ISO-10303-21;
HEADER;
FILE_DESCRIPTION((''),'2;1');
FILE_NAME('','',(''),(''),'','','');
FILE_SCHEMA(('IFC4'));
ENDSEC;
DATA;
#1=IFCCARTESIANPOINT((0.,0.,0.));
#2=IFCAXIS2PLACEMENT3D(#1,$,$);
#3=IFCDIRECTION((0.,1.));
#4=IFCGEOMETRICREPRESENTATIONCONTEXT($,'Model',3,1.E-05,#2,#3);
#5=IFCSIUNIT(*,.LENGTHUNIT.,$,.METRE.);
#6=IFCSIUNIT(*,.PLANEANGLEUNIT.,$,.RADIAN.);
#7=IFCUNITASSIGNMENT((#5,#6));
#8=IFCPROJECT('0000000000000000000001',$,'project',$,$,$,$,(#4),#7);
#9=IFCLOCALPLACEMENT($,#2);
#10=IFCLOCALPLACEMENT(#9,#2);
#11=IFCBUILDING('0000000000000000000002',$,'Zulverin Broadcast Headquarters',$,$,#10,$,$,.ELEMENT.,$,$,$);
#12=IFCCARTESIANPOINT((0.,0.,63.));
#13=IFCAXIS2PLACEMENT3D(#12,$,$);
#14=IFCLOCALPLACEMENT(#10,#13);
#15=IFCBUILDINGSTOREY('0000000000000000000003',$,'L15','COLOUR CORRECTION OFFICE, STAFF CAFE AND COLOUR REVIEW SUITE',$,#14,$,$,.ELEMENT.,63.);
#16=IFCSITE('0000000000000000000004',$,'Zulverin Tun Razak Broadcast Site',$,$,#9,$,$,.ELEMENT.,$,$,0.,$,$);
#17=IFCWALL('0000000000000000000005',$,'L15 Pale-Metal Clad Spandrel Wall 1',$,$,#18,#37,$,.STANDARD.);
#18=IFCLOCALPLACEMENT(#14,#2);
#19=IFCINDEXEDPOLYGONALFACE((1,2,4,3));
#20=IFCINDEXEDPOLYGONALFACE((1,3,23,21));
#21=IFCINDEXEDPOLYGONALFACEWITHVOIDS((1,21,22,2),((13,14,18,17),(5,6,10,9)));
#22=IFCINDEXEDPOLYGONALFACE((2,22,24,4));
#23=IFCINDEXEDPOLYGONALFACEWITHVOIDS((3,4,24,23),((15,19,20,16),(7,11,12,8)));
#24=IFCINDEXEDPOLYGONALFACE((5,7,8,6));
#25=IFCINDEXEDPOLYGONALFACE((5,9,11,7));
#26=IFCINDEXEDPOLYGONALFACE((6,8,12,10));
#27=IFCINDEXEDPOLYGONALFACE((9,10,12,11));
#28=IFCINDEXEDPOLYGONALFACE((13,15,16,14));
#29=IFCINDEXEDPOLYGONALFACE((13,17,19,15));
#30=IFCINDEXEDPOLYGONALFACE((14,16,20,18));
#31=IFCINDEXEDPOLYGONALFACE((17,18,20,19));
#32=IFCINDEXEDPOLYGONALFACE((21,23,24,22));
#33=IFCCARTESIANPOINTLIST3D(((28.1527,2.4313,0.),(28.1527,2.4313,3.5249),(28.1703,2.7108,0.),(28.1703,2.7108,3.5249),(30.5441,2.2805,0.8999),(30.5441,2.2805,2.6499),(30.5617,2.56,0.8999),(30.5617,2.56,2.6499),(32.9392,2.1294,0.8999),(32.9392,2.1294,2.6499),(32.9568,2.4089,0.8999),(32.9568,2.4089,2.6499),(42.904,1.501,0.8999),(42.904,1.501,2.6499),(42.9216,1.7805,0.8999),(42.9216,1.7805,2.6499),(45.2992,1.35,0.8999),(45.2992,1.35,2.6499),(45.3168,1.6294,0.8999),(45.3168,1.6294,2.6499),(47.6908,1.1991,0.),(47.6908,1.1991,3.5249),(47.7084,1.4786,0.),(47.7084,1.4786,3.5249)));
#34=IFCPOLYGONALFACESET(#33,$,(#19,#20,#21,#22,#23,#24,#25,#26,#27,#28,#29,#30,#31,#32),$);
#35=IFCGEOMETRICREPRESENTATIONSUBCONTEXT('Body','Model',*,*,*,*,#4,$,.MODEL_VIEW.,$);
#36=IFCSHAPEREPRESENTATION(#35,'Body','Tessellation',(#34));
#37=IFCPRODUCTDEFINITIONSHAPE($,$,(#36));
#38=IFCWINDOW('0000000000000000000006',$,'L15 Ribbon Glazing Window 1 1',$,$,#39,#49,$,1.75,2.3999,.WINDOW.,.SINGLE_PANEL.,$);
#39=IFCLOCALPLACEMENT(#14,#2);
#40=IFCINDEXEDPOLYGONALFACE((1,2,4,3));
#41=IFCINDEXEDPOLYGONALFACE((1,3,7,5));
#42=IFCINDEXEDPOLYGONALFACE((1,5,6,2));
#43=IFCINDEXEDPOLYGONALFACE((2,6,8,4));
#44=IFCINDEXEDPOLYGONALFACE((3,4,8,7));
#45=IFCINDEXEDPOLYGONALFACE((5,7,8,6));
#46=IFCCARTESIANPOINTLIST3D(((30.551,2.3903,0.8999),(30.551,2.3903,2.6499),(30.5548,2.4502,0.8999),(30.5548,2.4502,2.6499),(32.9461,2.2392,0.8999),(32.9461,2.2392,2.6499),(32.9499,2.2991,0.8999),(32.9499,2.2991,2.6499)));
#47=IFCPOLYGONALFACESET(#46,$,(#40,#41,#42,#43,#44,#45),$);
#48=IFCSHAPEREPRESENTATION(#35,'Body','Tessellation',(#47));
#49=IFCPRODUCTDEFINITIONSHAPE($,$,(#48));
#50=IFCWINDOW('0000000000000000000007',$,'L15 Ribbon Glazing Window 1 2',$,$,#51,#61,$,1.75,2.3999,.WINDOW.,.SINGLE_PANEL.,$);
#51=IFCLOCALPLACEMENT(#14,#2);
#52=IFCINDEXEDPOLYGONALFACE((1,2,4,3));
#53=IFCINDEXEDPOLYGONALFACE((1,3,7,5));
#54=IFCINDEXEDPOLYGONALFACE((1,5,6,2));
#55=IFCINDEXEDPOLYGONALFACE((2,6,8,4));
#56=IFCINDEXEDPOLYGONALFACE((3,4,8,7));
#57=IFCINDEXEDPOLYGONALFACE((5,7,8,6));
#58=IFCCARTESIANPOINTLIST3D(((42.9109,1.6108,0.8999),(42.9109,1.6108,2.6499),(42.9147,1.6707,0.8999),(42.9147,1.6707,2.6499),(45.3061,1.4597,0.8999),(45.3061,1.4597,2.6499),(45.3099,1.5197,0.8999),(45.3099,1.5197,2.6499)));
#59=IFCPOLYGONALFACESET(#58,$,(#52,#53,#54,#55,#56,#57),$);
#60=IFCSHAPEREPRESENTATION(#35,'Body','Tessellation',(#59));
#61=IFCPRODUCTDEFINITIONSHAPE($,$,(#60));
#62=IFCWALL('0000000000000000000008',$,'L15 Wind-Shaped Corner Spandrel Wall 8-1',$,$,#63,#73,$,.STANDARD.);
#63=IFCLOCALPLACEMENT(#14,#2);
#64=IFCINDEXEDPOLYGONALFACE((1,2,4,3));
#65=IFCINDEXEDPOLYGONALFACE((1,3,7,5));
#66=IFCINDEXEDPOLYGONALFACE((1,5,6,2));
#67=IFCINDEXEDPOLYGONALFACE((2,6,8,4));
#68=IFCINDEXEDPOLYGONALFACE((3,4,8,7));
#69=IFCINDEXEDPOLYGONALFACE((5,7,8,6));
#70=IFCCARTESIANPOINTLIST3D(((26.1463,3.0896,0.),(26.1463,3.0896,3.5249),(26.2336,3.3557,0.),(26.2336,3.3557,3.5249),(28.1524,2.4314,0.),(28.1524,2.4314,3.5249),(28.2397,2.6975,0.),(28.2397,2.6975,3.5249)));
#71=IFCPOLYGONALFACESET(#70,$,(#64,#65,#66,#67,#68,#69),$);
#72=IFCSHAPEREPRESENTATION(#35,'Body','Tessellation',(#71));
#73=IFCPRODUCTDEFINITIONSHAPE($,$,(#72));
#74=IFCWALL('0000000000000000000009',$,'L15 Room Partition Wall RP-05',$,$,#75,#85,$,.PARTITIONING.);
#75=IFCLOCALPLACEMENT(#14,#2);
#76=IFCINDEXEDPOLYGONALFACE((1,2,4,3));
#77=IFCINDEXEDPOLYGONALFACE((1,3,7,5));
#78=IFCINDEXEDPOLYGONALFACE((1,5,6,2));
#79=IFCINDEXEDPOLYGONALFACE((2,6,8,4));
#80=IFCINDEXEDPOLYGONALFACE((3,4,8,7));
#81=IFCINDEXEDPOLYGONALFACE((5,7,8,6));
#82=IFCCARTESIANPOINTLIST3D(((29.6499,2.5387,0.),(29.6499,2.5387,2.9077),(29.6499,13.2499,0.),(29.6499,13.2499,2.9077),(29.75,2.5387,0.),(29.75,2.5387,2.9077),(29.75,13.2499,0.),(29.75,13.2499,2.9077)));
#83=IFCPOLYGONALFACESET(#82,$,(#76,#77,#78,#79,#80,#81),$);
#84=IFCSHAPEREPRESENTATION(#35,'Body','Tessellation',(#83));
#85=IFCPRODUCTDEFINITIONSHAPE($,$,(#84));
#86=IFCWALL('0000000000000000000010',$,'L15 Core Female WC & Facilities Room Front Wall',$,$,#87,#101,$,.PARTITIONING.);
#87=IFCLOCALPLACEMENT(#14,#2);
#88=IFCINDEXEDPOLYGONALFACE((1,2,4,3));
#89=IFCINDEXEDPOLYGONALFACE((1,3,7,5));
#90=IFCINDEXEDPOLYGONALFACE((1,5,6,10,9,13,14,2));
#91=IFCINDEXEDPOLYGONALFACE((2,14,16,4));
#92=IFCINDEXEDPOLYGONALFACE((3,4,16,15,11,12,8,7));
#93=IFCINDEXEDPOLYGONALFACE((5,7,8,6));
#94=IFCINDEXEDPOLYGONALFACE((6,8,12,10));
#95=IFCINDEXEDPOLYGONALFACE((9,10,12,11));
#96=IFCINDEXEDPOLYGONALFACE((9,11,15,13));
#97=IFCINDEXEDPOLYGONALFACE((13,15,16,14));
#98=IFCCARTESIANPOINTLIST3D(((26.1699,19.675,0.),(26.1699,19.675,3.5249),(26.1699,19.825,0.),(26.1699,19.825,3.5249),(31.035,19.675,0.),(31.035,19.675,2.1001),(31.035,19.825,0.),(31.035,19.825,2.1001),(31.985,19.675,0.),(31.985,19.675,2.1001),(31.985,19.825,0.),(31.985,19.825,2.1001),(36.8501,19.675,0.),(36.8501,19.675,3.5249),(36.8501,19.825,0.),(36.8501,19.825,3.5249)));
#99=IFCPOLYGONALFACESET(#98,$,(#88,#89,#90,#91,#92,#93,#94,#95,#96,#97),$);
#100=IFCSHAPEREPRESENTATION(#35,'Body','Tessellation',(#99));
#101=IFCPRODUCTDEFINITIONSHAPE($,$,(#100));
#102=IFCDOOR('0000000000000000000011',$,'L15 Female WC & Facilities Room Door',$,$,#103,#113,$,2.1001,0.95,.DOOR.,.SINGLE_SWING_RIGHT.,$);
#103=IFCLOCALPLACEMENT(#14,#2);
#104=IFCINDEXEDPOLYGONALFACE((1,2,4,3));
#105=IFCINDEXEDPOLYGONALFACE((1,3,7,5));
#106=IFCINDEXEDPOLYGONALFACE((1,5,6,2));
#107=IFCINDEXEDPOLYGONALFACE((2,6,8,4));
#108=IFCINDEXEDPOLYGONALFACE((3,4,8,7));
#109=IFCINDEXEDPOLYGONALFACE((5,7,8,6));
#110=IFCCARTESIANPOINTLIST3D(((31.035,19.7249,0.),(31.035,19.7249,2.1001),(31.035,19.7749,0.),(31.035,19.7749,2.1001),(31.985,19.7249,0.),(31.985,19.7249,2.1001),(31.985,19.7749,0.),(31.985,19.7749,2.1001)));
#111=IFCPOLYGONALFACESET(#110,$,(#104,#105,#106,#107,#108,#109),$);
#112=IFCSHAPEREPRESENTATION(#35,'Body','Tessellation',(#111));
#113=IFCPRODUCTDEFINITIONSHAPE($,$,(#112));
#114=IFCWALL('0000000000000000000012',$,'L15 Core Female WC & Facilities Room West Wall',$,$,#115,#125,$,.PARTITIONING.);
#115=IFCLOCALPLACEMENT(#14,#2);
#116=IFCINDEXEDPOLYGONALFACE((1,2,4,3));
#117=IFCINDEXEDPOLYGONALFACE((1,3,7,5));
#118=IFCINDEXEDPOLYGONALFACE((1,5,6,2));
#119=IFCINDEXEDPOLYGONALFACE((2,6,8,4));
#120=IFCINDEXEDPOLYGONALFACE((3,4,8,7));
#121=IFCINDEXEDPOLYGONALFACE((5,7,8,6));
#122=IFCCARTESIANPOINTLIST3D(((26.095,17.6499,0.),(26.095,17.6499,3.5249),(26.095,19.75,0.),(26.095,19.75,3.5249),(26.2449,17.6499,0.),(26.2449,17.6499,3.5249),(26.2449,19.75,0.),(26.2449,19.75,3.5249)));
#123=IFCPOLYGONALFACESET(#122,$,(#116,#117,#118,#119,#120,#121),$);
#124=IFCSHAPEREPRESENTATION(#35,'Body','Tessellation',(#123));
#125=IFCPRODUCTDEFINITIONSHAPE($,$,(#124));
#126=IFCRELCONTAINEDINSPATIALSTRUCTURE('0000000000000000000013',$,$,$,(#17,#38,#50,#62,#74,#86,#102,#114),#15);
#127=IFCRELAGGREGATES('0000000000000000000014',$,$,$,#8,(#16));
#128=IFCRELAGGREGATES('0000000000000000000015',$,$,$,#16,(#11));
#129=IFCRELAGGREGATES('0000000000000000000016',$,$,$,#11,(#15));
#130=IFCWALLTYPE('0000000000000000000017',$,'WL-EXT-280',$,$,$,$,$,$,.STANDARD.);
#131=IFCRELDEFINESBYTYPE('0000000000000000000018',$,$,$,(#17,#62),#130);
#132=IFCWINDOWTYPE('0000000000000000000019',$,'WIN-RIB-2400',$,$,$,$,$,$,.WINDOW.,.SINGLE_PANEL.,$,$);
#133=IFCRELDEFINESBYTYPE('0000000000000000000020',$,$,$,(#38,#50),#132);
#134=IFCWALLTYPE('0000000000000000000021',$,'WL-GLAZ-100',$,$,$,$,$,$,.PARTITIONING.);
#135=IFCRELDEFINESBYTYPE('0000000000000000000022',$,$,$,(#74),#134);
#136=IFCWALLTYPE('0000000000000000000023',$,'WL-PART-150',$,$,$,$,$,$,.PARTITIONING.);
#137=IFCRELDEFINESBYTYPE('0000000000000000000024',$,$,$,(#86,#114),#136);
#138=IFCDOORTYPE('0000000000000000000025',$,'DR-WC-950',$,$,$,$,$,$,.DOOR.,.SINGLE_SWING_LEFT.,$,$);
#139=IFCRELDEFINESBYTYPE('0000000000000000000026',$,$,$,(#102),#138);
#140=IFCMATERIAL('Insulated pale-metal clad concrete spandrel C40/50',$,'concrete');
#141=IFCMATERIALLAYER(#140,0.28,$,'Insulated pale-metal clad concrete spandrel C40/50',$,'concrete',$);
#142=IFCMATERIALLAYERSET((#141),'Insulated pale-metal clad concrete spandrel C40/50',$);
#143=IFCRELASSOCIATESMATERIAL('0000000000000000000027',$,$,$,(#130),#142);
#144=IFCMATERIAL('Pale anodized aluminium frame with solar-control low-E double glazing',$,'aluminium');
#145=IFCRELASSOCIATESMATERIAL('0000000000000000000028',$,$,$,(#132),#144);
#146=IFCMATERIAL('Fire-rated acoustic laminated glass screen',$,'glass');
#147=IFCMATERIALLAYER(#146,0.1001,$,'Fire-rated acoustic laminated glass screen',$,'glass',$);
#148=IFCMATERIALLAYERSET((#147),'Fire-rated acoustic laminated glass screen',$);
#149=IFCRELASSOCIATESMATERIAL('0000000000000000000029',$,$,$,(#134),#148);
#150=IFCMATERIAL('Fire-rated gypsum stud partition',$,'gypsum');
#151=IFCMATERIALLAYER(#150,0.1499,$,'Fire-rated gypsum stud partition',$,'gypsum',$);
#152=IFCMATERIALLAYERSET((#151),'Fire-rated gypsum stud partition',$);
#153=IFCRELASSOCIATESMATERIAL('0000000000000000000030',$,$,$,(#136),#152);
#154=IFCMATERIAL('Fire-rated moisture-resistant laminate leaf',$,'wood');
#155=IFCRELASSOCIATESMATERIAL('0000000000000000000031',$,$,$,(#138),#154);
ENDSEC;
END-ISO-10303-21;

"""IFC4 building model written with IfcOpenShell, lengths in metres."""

from ifc_helpers import new_model, si_unit, direction, frame, frame_2d, origin, place, context, subcontext, project, spatial, rectangle, extrude, material, layer, layer_set, type_object, element, fill, save


model = new_model("IFC4")

# Units and contexts
model_context = context("Model", 3, precision=1e-05, world=origin(), true_north=direction((0.0, 1.0)))
body_context = subcontext(model_context, "Body", "Model", "MODEL_VIEW")
ifc_project = project(units=[si_unit("LENGTHUNIT", "METRE"), si_unit("PLANEANGLEUNIT", "RADIAN")], contexts=[model_context])

# Site, building, storey
site_placement = place(None, origin())
site = spatial("IfcSite", under=ifc_project, at=site_placement, Name="Zulverin Tun Razak Broadcast Site", CompositionType="ELEMENT", RefElevation=0.0)
building_placement = place(site_placement, origin())
building = spatial("IfcBuilding", under=site, at=building_placement, Name="Zulverin Broadcast Headquarters", CompositionType="ELEMENT")
storey_placement = place(building_placement, frame((0.0, 0.0, 63.0)))
storey = spatial("IfcBuildingStorey", under=building, at=storey_placement, Name="L15", Description="COLOUR CORRECTION OFFICE, STAFF CAFE AND COLOUR REVIEW SUITE", CompositionType="ELEMENT", Elevation=63.0)

# Wall, openings, windows
ifc_material_1 = material(Name="Insulated pale-metal clad concrete spandrel C40/50", Category="concrete")
ifc_layer_1 = layer(ifc_material_1, 0.28, Name="Insulated pale-metal clad concrete spandrel C40/50", Category="concrete")
ifc_layer_set_1 = layer_set([ifc_layer_1], Name="Insulated pale-metal clad concrete spandrel C40/50")
wall_type_1 = type_object("IfcWallType", Name="WL-EXT-280", PredefinedType="STANDARD", material=ifc_layer_set_1)
wall_1_placement = place(storey_placement, frame((28.1614, 2.571, 0.0), z_axis=(0.0, 0.0, 1.0), x_axis=(0.998017, -0.06294, 0.0)))
wall_1 = element("IfcWall", 1, at=wall_1_placement, inside=storey, type_object=wall_type_1, Name="L15 Pale-Metal Clad Spandrel Wall 1", PredefinedType="STANDARD", context=body_context, shape_type="SweptSolid", body=[
    extrude(rectangle(XDim=19.5769, YDim=0.28, at=frame_2d((9.7886, 0.0))), origin(), (0.0, 0.0, 1.0), 3.5249),
])
opening_1_placement = place(wall_1_placement, frame((2.3962, 0.0, 0.8999)))
opening_1 = element("IfcOpeningElement", 2, at=opening_1_placement, cuts=wall_1, PredefinedType="OPENING", context=body_context, shape_type="SweptSolid", body=[
    extrude(rectangle(XDim=2.3999, YDim=1.75, at=frame_2d((1.2, 0.875))), frame((0.0, 0.1499, 0.0), z_axis=(0.0, -1.0, 0.0), x_axis=(1.0, 0.0, 0.0)), (0.0, 0.0, 1.0), 0.3),
])
opening_2_placement = place(wall_1_placement, frame((14.7808, 0.0, 0.8999)))
opening_2 = element("IfcOpeningElement", 3, at=opening_2_placement, cuts=wall_1, PredefinedType="OPENING", context=body_context, shape_type="SweptSolid", body=[
    extrude(rectangle(XDim=2.3999, YDim=1.75, at=frame_2d((1.2, 0.875))), frame((0.0, 0.1499, 0.0), z_axis=(0.0, -1.0, 0.0), x_axis=(1.0, 0.0, 0.0)), (0.0, 0.0, 1.0), 0.3),
])
ifc_material_2 = material(Name="Pale anodized aluminium frame with solar-control low-E double glazing", Category="aluminium")
window_type = type_object("IfcWindowType", Name="WIN-RIB-2400", PartitioningType="SINGLE_PANEL", PredefinedType="WINDOW", material=ifc_material_2)
window_1_placement = place(opening_1_placement, origin())
window_1 = element("IfcWindow", 4, at=window_1_placement, inside=storey, type_object=window_type, Name="L15 Ribbon Glazing Window 1 1", OverallHeight=1.75, OverallWidth=2.3999, PartitioningType="SINGLE_PANEL", PredefinedType="WINDOW", context=body_context, shape_type="SweptSolid", body=[
    extrude(rectangle(XDim=2.3999, YDim=1.75, at=frame_2d((1.2, 0.875))), frame((0.0, 0.03, 0.0), z_axis=(0.0, -1.0, 0.0), x_axis=(1.0, 0.0, 0.0)), (0.0, 0.0, 1.0), 0.0601),
])
fill(opening_1, window_1)
window_2_placement = place(opening_2_placement, origin())
window_2 = element("IfcWindow", 5, at=window_2_placement, inside=storey, type_object=window_type, Name="L15 Ribbon Glazing Window 1 2", OverallHeight=1.75, OverallWidth=2.3999, PartitioningType="SINGLE_PANEL", PredefinedType="WINDOW", context=body_context, shape_type="SweptSolid", body=[
    extrude(rectangle(XDim=2.3999, YDim=1.75, at=frame_2d((1.2, 0.875))), frame((0.0, 0.03, 0.0), z_axis=(0.0, -1.0, 0.0), x_axis=(1.0, 0.0, 0.0)), (0.0, 0.0, 1.0), 0.0601),
])
fill(opening_2, window_2)

# Walls
wall_2_placement = place(storey_placement, frame((26.1899, 3.2227, 0.0), z_axis=(0.0, 0.0, 1.0), x_axis=(0.950164, -0.311749, 0.0)))
element("IfcWall", 6, at=wall_2_placement, inside=storey, type_object=wall_type_1, Name="L15 Wind-Shaped Corner Spandrel Wall 8-1", PredefinedType="STANDARD", context=body_context, shape_type="SweptSolid", body=[
    extrude(rectangle(XDim=2.1113, YDim=0.28, at=frame_2d((1.0557, 0.0))), origin(), (0.0, 0.0, 1.0), 3.5249),
])
ifc_material_3 = material(Name="Fire-rated acoustic laminated glass screen", Category="glass")
ifc_layer_2 = layer(ifc_material_3, 0.1001, Name="Fire-rated acoustic laminated glass screen", Category="glass")
ifc_layer_set_2 = layer_set([ifc_layer_2], Name="Fire-rated acoustic laminated glass screen")
wall_type_2 = type_object("IfcWallType", Name="WL-GLAZ-100", PredefinedType="PARTITIONING", material=ifc_layer_set_2)
wall_3_placement = place(storey_placement, frame((29.7, 2.5388, 0.0), z_axis=(0.0, 0.0, 1.0), x_axis=(0.0, 1.0, 0.0)))
element("IfcWall", 7, at=wall_3_placement, inside=storey, type_object=wall_type_2, Name="L15 Room Partition Wall RP-05", PredefinedType="PARTITIONING", context=body_context, shape_type="SweptSolid", body=[
    extrude(rectangle(XDim=10.7112, YDim=0.1001, at=frame_2d((5.3555, 0.0))), origin(), (0.0, 0.0, 1.0), 2.9077),
])

# Wall, opening, door
ifc_material_4 = material(Name="Fire-rated gypsum stud partition", Category="gypsum")
ifc_layer_3 = layer(ifc_material_4, 0.1499, Name="Fire-rated gypsum stud partition", Category="gypsum")
ifc_layer_set_3 = layer_set([ifc_layer_3], Name="Fire-rated gypsum stud partition")
wall_type_3 = type_object("IfcWallType", Name="WL-PART-150", PredefinedType="PARTITIONING", material=ifc_layer_set_3)
wall_4_placement = place(storey_placement, frame((26.1699, 19.75, 0.0), z_axis=(0.0, 0.0, 1.0), x_axis=(1.0, 0.0, 0.0)))
wall_4 = element("IfcWall", 8, at=wall_4_placement, inside=storey, type_object=wall_type_3, Name="L15 Core Female WC & Facilities Room Front Wall", PredefinedType="PARTITIONING", context=body_context, shape_type="SweptSolid", body=[
    extrude(rectangle(XDim=10.6802, YDim=0.1499, at=frame_2d((5.3401, 0.0))), origin(), (0.0, 0.0, 1.0), 3.5249),
])
opening_3_placement = place(wall_4_placement, frame((4.865, 0.0, 0.0)))
opening_3 = element("IfcOpeningElement", 9, at=opening_3_placement, cuts=wall_4, PredefinedType="OPENING", context=body_context, shape_type="SweptSolid", body=[
    extrude(rectangle(XDim=0.95, YDim=2.1001, at=frame_2d((0.4751, 1.05))), frame((0.0, 0.085, 0.0), z_axis=(0.0, -1.0, 0.0), x_axis=(1.0, 0.0, 0.0)), (0.0, 0.0, 1.0), 0.1699),
])
ifc_material_5 = material(Name="Fire-rated moisture-resistant laminate leaf", Category="wood")
door_type_1 = type_object("IfcDoorType", Name="DR-WC-950", OperationType="SINGLE_SWING_LEFT", PredefinedType="DOOR", material=ifc_material_5)
door_1_placement = place(opening_3_placement, origin())
door_1 = element("IfcDoor", 10, at=door_1_placement, inside=storey, type_object=door_type_1, Name="L15 Female WC & Facilities Room Door", OperationType="SINGLE_SWING_RIGHT", OverallHeight=2.1001, OverallWidth=0.95, PredefinedType="DOOR", context=body_context, shape_type="SweptSolid", body=[
    extrude(rectangle(XDim=0.95, YDim=2.1001, at=frame_2d((0.4751, 1.05))), frame((0.0, 0.0249, 0.0), z_axis=(0.0, -1.0, 0.0), x_axis=(1.0, 0.0, 0.0)), (0.0, 0.0, 1.0), 0.05),
])
fill(opening_3, door_1)

# Wall
wall_5_placement = place(storey_placement, frame((26.1699, 17.6499, 0.0), z_axis=(0.0, 0.0, 1.0), x_axis=(0.0, 1.0, 0.0)))
element("IfcWall", 11, at=wall_5_placement, inside=storey, type_object=wall_type_3, Name="L15 Core Female WC & Facilities Room West Wall", PredefinedType="PARTITIONING", context=body_context, shape_type="SweptSolid", body=[
    extrude(rectangle(XDim=2.1001, YDim=0.1499, at=frame_2d((1.05, 0.0))), origin(), (0.0, 0.0, 1.0), 3.5249),
])

save(model, "model.ifc")
